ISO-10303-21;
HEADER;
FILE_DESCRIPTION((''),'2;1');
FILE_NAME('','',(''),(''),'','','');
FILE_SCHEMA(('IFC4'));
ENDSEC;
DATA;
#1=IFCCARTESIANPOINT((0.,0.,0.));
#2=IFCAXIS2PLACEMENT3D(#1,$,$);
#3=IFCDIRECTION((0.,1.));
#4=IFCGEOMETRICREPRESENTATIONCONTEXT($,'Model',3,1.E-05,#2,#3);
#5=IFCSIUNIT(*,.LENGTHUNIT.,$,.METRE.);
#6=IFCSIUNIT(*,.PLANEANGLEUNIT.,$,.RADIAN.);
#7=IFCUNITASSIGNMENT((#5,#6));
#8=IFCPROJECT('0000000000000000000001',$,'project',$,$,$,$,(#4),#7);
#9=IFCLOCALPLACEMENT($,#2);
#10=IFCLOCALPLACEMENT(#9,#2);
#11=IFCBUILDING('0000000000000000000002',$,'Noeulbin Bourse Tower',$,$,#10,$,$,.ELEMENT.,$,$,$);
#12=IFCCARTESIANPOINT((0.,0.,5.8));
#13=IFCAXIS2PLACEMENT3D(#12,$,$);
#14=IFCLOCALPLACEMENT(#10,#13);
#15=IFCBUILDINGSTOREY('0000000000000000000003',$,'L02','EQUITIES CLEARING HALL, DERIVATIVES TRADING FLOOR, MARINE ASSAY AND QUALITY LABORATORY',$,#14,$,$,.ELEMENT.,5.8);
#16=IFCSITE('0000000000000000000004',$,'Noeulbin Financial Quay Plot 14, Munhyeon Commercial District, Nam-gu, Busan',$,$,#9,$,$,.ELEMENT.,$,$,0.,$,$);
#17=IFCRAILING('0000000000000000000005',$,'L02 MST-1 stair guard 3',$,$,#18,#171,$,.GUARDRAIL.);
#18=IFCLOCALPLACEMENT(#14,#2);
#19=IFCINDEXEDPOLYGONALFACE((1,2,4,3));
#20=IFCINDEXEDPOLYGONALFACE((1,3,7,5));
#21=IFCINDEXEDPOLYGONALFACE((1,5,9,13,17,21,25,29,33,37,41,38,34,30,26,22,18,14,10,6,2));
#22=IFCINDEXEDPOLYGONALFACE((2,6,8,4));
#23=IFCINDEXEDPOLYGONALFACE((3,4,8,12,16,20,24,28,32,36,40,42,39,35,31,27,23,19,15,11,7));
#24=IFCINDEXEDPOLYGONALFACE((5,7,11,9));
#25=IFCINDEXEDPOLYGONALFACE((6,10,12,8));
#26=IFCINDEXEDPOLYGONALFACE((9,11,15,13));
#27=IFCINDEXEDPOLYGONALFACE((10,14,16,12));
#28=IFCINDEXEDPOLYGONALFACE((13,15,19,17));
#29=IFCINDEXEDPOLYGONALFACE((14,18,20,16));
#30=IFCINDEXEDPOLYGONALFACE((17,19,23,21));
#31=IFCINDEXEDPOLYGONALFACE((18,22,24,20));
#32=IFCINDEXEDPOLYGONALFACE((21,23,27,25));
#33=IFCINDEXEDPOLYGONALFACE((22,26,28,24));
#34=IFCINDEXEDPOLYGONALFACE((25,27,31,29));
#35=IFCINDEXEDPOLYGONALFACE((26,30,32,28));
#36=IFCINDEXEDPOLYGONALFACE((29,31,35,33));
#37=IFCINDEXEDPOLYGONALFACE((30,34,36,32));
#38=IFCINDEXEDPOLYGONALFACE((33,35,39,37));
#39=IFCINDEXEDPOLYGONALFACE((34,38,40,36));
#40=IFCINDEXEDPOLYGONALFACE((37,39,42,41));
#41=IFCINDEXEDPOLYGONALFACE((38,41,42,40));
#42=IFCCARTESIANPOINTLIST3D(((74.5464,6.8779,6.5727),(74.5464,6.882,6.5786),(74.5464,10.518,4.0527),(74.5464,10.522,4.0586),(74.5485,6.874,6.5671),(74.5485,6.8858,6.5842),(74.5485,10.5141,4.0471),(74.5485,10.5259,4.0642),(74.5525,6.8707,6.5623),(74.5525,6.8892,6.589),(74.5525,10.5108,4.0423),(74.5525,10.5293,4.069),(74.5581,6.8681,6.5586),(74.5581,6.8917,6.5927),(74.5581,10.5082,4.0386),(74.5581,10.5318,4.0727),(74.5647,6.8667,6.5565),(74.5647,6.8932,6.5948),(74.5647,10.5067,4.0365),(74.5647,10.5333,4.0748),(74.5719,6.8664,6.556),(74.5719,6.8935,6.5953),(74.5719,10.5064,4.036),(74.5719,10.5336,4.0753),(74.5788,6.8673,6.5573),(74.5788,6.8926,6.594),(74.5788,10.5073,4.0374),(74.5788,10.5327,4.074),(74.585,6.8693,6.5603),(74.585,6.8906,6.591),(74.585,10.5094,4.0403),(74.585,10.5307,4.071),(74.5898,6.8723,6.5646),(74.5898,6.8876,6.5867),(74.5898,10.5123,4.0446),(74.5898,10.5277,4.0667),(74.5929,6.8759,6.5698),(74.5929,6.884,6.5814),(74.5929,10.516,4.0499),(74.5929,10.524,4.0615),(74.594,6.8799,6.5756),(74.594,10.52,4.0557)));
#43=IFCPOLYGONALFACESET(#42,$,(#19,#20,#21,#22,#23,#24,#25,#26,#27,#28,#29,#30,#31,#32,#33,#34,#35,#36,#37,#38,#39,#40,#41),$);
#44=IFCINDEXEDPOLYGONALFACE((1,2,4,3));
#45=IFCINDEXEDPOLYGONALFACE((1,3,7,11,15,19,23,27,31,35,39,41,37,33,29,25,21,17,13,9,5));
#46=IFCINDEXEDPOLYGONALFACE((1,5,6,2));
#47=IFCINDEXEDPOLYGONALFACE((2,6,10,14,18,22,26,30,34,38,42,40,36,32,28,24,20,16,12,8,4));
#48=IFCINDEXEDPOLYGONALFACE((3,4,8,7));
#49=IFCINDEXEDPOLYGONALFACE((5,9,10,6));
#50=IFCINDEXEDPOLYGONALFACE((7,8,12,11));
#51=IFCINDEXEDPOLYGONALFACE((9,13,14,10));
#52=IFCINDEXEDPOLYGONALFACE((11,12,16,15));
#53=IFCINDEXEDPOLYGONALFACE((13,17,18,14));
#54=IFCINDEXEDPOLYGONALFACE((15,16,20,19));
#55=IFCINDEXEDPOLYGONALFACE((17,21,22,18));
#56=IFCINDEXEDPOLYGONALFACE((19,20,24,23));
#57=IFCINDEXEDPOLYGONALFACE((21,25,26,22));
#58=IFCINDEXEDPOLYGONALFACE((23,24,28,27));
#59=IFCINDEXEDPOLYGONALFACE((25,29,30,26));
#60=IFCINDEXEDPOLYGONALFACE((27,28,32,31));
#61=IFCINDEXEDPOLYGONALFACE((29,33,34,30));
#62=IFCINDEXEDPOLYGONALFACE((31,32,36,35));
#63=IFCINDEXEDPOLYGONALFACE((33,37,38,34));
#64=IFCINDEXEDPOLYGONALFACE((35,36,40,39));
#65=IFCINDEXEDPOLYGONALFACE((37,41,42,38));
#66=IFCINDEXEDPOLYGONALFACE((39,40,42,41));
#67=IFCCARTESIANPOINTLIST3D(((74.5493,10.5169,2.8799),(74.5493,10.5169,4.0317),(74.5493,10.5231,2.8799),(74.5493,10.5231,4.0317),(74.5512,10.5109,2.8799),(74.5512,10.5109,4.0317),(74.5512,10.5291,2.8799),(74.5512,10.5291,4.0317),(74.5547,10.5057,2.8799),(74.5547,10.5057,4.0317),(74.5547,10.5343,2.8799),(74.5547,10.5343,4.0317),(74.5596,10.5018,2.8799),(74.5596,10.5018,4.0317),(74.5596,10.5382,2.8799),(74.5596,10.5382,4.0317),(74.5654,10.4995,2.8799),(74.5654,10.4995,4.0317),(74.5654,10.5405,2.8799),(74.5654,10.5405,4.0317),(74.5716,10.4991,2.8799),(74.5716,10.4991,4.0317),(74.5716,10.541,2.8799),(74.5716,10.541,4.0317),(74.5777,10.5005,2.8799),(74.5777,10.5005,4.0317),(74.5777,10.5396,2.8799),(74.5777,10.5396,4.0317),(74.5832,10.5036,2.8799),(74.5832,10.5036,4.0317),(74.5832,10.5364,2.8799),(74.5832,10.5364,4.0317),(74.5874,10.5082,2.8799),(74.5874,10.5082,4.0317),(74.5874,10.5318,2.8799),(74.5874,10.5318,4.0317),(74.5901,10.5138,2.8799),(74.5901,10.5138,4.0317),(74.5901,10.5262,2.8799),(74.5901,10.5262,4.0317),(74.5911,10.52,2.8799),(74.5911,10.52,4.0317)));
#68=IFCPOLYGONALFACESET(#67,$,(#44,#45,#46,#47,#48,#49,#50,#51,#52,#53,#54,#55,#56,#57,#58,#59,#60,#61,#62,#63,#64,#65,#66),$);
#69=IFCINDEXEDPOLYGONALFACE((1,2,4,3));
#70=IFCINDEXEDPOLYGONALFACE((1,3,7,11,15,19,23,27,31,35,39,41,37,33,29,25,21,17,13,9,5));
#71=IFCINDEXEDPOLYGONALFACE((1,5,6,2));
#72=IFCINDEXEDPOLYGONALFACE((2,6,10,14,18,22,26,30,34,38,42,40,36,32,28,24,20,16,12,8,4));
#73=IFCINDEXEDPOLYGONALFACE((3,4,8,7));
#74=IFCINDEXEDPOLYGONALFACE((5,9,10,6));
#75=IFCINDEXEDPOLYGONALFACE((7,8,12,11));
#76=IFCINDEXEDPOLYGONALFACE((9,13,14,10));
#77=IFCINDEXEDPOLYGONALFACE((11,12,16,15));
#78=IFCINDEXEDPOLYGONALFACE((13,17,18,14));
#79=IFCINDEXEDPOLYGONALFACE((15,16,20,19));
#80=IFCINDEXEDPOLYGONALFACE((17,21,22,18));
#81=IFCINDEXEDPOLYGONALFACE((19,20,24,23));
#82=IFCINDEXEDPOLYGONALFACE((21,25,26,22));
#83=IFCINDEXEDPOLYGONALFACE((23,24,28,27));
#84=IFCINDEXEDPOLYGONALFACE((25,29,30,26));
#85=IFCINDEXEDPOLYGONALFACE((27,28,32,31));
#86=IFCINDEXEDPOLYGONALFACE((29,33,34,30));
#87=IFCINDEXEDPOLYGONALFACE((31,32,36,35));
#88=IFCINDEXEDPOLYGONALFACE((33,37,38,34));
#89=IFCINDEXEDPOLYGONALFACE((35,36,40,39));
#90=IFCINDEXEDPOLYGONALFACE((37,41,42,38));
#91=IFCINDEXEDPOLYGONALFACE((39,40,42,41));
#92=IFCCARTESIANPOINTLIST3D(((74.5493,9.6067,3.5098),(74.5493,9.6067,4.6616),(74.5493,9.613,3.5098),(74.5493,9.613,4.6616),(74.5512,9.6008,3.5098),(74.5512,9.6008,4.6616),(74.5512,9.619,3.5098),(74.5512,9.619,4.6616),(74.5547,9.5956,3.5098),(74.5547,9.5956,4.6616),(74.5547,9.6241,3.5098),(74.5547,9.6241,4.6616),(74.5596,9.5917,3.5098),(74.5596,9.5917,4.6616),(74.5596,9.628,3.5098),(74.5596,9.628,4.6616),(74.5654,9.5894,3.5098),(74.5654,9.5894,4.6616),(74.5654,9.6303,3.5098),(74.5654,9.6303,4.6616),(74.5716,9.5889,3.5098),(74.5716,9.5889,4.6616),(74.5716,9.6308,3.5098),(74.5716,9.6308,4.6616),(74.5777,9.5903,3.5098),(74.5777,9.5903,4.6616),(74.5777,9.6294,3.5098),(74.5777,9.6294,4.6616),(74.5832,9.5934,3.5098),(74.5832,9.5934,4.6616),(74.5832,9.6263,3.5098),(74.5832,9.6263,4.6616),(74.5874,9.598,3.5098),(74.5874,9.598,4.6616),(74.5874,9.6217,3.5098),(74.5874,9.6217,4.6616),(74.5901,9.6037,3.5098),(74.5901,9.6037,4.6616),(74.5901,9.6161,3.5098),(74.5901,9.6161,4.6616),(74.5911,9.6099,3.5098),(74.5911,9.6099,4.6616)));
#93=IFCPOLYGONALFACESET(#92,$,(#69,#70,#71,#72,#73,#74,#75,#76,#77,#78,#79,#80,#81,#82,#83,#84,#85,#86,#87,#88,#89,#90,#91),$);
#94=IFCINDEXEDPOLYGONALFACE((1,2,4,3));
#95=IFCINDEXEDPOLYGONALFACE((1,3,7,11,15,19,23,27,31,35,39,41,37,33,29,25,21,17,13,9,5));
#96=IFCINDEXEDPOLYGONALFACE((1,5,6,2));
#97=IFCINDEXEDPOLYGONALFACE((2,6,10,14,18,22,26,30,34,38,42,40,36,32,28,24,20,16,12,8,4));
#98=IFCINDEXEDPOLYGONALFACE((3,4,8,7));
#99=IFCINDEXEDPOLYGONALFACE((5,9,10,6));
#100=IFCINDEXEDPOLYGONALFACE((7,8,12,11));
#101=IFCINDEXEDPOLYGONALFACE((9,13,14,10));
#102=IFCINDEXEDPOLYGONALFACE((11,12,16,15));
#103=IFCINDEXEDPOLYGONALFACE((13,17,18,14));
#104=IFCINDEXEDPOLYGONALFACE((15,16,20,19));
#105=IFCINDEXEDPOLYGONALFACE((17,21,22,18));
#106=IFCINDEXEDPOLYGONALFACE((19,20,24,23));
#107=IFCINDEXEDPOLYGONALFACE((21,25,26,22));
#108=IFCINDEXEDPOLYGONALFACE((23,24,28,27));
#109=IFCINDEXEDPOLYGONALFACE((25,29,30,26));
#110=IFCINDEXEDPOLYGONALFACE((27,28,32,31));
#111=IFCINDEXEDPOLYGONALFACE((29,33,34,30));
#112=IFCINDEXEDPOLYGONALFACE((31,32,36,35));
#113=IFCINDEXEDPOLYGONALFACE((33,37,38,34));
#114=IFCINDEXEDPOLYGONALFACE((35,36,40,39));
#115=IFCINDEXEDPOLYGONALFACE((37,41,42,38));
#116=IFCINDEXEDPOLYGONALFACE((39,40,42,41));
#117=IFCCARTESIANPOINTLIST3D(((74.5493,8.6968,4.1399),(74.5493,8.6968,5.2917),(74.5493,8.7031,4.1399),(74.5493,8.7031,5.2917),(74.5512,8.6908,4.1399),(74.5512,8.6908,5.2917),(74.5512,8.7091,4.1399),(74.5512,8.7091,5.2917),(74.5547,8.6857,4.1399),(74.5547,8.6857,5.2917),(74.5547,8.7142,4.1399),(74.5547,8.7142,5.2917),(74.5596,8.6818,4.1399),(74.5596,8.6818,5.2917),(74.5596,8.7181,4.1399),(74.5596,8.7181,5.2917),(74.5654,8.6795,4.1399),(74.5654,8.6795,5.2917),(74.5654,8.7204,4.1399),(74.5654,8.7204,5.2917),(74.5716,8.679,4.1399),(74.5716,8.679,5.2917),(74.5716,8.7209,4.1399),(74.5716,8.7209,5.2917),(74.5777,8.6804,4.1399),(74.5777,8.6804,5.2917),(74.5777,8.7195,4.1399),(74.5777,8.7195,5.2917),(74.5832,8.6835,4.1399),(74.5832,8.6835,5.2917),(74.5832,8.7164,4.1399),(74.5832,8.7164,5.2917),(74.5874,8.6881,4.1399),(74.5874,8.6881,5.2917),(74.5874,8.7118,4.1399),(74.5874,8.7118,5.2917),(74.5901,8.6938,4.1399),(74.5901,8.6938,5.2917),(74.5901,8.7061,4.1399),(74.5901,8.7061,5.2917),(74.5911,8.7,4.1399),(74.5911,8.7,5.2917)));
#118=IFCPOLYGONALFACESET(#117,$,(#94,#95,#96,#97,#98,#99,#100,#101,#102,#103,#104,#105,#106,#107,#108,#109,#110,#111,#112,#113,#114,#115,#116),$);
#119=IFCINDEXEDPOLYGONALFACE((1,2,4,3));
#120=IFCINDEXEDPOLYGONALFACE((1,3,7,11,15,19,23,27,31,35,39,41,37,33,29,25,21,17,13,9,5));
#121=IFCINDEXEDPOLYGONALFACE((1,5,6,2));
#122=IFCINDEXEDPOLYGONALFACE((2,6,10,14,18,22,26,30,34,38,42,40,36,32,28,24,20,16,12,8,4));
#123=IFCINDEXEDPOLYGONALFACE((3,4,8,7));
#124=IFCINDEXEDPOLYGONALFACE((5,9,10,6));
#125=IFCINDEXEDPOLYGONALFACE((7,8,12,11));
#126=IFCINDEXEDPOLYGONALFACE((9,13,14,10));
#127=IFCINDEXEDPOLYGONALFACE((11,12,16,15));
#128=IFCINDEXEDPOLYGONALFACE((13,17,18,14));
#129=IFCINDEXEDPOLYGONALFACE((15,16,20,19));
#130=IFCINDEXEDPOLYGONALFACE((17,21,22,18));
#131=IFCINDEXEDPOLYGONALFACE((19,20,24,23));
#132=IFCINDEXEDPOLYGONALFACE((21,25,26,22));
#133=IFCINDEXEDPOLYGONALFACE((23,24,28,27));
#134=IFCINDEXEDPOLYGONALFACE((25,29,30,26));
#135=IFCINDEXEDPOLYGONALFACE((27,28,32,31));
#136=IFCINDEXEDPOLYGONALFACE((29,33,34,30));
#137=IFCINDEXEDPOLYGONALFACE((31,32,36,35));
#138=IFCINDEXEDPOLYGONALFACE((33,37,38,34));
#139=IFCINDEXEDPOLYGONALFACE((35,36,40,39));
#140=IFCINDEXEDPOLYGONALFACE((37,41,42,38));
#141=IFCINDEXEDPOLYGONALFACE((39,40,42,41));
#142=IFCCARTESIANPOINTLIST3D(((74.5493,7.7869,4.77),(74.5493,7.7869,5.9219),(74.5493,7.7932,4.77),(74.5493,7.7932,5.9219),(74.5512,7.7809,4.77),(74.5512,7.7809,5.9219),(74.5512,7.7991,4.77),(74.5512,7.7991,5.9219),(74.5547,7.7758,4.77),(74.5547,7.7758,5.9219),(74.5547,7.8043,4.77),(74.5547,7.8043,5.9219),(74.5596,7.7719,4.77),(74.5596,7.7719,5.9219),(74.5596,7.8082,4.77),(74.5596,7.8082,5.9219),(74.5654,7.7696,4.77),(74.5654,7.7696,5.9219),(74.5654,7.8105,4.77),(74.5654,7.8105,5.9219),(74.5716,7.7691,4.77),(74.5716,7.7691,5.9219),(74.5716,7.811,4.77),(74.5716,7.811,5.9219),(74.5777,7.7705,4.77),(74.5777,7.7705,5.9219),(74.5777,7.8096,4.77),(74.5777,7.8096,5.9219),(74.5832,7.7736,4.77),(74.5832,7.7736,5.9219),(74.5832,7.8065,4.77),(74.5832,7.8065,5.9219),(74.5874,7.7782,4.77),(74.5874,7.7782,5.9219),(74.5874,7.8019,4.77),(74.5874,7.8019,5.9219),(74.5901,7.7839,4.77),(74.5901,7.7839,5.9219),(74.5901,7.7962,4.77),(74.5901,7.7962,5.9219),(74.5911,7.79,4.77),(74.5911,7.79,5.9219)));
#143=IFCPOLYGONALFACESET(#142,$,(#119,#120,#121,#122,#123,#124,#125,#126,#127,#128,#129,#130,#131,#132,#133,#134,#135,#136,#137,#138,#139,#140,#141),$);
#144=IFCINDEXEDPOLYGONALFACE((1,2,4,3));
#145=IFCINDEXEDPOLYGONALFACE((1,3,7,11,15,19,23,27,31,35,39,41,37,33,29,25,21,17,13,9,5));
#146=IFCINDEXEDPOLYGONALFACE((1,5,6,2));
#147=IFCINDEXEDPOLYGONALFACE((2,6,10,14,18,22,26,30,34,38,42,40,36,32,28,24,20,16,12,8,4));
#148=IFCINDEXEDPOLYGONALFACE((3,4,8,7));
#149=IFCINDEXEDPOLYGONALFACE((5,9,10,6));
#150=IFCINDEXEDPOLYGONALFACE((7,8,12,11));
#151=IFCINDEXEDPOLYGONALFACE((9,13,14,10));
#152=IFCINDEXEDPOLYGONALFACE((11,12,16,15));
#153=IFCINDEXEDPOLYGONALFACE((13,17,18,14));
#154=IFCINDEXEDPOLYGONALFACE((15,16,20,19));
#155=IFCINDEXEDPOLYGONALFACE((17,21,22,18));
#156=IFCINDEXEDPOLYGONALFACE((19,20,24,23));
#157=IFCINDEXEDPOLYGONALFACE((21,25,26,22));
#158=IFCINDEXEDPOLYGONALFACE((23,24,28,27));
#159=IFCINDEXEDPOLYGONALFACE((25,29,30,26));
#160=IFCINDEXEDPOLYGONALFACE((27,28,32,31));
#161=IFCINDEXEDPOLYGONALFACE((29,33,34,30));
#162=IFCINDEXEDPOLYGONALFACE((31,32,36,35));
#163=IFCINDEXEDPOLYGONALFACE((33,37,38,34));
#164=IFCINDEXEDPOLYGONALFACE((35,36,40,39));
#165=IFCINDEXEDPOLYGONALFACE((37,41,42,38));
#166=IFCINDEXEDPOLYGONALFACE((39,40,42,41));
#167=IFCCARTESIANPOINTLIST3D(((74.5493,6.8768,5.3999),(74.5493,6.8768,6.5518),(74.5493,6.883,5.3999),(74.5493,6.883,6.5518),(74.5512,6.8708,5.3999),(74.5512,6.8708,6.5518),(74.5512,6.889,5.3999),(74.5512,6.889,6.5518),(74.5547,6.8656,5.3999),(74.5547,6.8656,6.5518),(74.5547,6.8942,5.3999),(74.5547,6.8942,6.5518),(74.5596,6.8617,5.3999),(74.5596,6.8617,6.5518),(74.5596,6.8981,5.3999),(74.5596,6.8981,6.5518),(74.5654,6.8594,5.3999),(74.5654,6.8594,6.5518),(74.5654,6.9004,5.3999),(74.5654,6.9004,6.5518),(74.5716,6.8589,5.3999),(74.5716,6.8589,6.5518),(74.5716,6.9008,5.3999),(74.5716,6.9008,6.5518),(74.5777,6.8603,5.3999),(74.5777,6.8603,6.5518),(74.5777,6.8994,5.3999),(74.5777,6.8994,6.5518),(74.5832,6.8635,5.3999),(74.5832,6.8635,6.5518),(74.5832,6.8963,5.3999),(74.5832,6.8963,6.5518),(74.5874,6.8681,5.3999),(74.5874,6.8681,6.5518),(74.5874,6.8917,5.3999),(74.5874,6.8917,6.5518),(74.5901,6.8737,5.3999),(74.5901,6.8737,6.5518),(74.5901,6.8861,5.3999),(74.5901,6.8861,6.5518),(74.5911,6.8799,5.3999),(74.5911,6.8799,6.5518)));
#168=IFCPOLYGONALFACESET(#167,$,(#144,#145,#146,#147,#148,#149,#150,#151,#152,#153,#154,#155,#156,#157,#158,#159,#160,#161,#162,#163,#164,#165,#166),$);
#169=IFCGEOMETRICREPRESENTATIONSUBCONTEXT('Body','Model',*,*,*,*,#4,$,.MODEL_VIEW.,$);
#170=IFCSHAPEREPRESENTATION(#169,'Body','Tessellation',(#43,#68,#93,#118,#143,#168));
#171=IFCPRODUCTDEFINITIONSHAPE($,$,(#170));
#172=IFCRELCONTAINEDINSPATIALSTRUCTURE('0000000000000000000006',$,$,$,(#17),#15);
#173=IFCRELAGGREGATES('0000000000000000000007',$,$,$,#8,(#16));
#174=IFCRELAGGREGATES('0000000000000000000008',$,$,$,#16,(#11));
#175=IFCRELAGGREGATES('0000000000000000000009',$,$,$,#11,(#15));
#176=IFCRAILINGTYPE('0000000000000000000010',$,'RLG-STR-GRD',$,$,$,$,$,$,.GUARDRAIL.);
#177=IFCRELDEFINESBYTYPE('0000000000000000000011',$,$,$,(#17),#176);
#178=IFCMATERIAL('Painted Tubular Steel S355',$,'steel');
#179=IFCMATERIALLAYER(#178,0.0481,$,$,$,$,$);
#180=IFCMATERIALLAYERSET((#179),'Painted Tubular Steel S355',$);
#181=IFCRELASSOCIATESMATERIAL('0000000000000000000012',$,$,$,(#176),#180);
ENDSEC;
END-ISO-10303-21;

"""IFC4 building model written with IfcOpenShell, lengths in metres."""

from ifc_helpers import new_model, si_unit, direction, frame, origin, origin_2d, place, context, subcontext, project, spatial, circle, extrude, material, layer, layer_set, type_object, element, save


model = new_model("IFC4")

# Units and contexts
model_context = context("Model", 3, precision=1e-05, world=origin(), true_north=direction((0.0, 1.0)))
body_context = subcontext(model_context, "Body", "Model", "MODEL_VIEW")
ifc_project = project(units=[si_unit("LENGTHUNIT", "METRE"), si_unit("PLANEANGLEUNIT", "RADIAN")], contexts=[model_context])

# Site, building, storey
site_placement = place(None, origin())
site = spatial("IfcSite", under=ifc_project, at=site_placement, Name="Noeulbin Financial Quay Plot 14, Munhyeon Commercial District, Nam-gu, Busan", CompositionType="ELEMENT", RefElevation=0.0)
building_placement = place(site_placement, origin())
building = spatial("IfcBuilding", under=site, at=building_placement, Name="Noeulbin Bourse Tower", CompositionType="ELEMENT")
storey_placement = place(building_placement, frame((0.0, 0.0, 5.8)))
storey = spatial("IfcBuildingStorey", under=building, at=storey_placement, Name="L02", Description="EQUITIES CLEARING HALL, DERIVATIVES TRADING FLOOR, MARINE ASSAY AND QUALITY LABORATORY", CompositionType="ELEMENT", Elevation=5.8)

# Railing
ifc_material_1 = material(Name="Painted Tubular Steel S355", Category="steel")
ifc_layer_1 = layer(ifc_material_1, 0.0481)
ifc_layer_set_1 = layer_set([ifc_layer_1], Name="Painted Tubular Steel S355")
railing_type_1 = type_object("IfcRailingType", Name="RLG-STR-GRD", PredefinedType="GUARDRAIL", material=ifc_layer_set_1)
railing_1_placement = place(storey_placement, frame((74.5701, 10.52, 2.8799)))
element("IfcRailing", 1, at=railing_1_placement, inside=storey, type_object=railing_type_1, Name="L02 MST-1 stair guard 3", PredefinedType="GUARDRAIL", context=body_context, shape_type="SweptSolid", body=[
    extrude(circle(Radius=0.0239, at=origin_2d()), frame((0.0, 0.0, 1.1758), z_axis=(0.0, -0.8222, 0.569199), x_axis=(1.0, 0.0, 0.0)), (0.0, 0.0, 1.0), 4.4272),
    extrude(circle(Radius=0.021, at=origin_2d()), origin(), (0.0, 0.0, 1.0), 1.1519),
    extrude(circle(Radius=0.021, at=origin_2d()), frame((0.0, -0.9102, 0.6299)), (0.0, 0.0, 1.0), 1.1519),
    extrude(circle(Radius=0.021, at=origin_2d()), frame((0.0, -1.8201, 1.26)), (0.0, 0.0, 1.0), 1.1519),
    extrude(circle(Radius=0.021, at=origin_2d()), frame((0.0, -2.73, 1.8901)), (0.0, 0.0, 1.0), 1.1519),
    extrude(circle(Radius=0.021, at=origin_2d()), frame((0.0, -3.6401, 2.52)), (0.0, 0.0, 1.0), 1.1519),
])

save(model, "model.ifc")
